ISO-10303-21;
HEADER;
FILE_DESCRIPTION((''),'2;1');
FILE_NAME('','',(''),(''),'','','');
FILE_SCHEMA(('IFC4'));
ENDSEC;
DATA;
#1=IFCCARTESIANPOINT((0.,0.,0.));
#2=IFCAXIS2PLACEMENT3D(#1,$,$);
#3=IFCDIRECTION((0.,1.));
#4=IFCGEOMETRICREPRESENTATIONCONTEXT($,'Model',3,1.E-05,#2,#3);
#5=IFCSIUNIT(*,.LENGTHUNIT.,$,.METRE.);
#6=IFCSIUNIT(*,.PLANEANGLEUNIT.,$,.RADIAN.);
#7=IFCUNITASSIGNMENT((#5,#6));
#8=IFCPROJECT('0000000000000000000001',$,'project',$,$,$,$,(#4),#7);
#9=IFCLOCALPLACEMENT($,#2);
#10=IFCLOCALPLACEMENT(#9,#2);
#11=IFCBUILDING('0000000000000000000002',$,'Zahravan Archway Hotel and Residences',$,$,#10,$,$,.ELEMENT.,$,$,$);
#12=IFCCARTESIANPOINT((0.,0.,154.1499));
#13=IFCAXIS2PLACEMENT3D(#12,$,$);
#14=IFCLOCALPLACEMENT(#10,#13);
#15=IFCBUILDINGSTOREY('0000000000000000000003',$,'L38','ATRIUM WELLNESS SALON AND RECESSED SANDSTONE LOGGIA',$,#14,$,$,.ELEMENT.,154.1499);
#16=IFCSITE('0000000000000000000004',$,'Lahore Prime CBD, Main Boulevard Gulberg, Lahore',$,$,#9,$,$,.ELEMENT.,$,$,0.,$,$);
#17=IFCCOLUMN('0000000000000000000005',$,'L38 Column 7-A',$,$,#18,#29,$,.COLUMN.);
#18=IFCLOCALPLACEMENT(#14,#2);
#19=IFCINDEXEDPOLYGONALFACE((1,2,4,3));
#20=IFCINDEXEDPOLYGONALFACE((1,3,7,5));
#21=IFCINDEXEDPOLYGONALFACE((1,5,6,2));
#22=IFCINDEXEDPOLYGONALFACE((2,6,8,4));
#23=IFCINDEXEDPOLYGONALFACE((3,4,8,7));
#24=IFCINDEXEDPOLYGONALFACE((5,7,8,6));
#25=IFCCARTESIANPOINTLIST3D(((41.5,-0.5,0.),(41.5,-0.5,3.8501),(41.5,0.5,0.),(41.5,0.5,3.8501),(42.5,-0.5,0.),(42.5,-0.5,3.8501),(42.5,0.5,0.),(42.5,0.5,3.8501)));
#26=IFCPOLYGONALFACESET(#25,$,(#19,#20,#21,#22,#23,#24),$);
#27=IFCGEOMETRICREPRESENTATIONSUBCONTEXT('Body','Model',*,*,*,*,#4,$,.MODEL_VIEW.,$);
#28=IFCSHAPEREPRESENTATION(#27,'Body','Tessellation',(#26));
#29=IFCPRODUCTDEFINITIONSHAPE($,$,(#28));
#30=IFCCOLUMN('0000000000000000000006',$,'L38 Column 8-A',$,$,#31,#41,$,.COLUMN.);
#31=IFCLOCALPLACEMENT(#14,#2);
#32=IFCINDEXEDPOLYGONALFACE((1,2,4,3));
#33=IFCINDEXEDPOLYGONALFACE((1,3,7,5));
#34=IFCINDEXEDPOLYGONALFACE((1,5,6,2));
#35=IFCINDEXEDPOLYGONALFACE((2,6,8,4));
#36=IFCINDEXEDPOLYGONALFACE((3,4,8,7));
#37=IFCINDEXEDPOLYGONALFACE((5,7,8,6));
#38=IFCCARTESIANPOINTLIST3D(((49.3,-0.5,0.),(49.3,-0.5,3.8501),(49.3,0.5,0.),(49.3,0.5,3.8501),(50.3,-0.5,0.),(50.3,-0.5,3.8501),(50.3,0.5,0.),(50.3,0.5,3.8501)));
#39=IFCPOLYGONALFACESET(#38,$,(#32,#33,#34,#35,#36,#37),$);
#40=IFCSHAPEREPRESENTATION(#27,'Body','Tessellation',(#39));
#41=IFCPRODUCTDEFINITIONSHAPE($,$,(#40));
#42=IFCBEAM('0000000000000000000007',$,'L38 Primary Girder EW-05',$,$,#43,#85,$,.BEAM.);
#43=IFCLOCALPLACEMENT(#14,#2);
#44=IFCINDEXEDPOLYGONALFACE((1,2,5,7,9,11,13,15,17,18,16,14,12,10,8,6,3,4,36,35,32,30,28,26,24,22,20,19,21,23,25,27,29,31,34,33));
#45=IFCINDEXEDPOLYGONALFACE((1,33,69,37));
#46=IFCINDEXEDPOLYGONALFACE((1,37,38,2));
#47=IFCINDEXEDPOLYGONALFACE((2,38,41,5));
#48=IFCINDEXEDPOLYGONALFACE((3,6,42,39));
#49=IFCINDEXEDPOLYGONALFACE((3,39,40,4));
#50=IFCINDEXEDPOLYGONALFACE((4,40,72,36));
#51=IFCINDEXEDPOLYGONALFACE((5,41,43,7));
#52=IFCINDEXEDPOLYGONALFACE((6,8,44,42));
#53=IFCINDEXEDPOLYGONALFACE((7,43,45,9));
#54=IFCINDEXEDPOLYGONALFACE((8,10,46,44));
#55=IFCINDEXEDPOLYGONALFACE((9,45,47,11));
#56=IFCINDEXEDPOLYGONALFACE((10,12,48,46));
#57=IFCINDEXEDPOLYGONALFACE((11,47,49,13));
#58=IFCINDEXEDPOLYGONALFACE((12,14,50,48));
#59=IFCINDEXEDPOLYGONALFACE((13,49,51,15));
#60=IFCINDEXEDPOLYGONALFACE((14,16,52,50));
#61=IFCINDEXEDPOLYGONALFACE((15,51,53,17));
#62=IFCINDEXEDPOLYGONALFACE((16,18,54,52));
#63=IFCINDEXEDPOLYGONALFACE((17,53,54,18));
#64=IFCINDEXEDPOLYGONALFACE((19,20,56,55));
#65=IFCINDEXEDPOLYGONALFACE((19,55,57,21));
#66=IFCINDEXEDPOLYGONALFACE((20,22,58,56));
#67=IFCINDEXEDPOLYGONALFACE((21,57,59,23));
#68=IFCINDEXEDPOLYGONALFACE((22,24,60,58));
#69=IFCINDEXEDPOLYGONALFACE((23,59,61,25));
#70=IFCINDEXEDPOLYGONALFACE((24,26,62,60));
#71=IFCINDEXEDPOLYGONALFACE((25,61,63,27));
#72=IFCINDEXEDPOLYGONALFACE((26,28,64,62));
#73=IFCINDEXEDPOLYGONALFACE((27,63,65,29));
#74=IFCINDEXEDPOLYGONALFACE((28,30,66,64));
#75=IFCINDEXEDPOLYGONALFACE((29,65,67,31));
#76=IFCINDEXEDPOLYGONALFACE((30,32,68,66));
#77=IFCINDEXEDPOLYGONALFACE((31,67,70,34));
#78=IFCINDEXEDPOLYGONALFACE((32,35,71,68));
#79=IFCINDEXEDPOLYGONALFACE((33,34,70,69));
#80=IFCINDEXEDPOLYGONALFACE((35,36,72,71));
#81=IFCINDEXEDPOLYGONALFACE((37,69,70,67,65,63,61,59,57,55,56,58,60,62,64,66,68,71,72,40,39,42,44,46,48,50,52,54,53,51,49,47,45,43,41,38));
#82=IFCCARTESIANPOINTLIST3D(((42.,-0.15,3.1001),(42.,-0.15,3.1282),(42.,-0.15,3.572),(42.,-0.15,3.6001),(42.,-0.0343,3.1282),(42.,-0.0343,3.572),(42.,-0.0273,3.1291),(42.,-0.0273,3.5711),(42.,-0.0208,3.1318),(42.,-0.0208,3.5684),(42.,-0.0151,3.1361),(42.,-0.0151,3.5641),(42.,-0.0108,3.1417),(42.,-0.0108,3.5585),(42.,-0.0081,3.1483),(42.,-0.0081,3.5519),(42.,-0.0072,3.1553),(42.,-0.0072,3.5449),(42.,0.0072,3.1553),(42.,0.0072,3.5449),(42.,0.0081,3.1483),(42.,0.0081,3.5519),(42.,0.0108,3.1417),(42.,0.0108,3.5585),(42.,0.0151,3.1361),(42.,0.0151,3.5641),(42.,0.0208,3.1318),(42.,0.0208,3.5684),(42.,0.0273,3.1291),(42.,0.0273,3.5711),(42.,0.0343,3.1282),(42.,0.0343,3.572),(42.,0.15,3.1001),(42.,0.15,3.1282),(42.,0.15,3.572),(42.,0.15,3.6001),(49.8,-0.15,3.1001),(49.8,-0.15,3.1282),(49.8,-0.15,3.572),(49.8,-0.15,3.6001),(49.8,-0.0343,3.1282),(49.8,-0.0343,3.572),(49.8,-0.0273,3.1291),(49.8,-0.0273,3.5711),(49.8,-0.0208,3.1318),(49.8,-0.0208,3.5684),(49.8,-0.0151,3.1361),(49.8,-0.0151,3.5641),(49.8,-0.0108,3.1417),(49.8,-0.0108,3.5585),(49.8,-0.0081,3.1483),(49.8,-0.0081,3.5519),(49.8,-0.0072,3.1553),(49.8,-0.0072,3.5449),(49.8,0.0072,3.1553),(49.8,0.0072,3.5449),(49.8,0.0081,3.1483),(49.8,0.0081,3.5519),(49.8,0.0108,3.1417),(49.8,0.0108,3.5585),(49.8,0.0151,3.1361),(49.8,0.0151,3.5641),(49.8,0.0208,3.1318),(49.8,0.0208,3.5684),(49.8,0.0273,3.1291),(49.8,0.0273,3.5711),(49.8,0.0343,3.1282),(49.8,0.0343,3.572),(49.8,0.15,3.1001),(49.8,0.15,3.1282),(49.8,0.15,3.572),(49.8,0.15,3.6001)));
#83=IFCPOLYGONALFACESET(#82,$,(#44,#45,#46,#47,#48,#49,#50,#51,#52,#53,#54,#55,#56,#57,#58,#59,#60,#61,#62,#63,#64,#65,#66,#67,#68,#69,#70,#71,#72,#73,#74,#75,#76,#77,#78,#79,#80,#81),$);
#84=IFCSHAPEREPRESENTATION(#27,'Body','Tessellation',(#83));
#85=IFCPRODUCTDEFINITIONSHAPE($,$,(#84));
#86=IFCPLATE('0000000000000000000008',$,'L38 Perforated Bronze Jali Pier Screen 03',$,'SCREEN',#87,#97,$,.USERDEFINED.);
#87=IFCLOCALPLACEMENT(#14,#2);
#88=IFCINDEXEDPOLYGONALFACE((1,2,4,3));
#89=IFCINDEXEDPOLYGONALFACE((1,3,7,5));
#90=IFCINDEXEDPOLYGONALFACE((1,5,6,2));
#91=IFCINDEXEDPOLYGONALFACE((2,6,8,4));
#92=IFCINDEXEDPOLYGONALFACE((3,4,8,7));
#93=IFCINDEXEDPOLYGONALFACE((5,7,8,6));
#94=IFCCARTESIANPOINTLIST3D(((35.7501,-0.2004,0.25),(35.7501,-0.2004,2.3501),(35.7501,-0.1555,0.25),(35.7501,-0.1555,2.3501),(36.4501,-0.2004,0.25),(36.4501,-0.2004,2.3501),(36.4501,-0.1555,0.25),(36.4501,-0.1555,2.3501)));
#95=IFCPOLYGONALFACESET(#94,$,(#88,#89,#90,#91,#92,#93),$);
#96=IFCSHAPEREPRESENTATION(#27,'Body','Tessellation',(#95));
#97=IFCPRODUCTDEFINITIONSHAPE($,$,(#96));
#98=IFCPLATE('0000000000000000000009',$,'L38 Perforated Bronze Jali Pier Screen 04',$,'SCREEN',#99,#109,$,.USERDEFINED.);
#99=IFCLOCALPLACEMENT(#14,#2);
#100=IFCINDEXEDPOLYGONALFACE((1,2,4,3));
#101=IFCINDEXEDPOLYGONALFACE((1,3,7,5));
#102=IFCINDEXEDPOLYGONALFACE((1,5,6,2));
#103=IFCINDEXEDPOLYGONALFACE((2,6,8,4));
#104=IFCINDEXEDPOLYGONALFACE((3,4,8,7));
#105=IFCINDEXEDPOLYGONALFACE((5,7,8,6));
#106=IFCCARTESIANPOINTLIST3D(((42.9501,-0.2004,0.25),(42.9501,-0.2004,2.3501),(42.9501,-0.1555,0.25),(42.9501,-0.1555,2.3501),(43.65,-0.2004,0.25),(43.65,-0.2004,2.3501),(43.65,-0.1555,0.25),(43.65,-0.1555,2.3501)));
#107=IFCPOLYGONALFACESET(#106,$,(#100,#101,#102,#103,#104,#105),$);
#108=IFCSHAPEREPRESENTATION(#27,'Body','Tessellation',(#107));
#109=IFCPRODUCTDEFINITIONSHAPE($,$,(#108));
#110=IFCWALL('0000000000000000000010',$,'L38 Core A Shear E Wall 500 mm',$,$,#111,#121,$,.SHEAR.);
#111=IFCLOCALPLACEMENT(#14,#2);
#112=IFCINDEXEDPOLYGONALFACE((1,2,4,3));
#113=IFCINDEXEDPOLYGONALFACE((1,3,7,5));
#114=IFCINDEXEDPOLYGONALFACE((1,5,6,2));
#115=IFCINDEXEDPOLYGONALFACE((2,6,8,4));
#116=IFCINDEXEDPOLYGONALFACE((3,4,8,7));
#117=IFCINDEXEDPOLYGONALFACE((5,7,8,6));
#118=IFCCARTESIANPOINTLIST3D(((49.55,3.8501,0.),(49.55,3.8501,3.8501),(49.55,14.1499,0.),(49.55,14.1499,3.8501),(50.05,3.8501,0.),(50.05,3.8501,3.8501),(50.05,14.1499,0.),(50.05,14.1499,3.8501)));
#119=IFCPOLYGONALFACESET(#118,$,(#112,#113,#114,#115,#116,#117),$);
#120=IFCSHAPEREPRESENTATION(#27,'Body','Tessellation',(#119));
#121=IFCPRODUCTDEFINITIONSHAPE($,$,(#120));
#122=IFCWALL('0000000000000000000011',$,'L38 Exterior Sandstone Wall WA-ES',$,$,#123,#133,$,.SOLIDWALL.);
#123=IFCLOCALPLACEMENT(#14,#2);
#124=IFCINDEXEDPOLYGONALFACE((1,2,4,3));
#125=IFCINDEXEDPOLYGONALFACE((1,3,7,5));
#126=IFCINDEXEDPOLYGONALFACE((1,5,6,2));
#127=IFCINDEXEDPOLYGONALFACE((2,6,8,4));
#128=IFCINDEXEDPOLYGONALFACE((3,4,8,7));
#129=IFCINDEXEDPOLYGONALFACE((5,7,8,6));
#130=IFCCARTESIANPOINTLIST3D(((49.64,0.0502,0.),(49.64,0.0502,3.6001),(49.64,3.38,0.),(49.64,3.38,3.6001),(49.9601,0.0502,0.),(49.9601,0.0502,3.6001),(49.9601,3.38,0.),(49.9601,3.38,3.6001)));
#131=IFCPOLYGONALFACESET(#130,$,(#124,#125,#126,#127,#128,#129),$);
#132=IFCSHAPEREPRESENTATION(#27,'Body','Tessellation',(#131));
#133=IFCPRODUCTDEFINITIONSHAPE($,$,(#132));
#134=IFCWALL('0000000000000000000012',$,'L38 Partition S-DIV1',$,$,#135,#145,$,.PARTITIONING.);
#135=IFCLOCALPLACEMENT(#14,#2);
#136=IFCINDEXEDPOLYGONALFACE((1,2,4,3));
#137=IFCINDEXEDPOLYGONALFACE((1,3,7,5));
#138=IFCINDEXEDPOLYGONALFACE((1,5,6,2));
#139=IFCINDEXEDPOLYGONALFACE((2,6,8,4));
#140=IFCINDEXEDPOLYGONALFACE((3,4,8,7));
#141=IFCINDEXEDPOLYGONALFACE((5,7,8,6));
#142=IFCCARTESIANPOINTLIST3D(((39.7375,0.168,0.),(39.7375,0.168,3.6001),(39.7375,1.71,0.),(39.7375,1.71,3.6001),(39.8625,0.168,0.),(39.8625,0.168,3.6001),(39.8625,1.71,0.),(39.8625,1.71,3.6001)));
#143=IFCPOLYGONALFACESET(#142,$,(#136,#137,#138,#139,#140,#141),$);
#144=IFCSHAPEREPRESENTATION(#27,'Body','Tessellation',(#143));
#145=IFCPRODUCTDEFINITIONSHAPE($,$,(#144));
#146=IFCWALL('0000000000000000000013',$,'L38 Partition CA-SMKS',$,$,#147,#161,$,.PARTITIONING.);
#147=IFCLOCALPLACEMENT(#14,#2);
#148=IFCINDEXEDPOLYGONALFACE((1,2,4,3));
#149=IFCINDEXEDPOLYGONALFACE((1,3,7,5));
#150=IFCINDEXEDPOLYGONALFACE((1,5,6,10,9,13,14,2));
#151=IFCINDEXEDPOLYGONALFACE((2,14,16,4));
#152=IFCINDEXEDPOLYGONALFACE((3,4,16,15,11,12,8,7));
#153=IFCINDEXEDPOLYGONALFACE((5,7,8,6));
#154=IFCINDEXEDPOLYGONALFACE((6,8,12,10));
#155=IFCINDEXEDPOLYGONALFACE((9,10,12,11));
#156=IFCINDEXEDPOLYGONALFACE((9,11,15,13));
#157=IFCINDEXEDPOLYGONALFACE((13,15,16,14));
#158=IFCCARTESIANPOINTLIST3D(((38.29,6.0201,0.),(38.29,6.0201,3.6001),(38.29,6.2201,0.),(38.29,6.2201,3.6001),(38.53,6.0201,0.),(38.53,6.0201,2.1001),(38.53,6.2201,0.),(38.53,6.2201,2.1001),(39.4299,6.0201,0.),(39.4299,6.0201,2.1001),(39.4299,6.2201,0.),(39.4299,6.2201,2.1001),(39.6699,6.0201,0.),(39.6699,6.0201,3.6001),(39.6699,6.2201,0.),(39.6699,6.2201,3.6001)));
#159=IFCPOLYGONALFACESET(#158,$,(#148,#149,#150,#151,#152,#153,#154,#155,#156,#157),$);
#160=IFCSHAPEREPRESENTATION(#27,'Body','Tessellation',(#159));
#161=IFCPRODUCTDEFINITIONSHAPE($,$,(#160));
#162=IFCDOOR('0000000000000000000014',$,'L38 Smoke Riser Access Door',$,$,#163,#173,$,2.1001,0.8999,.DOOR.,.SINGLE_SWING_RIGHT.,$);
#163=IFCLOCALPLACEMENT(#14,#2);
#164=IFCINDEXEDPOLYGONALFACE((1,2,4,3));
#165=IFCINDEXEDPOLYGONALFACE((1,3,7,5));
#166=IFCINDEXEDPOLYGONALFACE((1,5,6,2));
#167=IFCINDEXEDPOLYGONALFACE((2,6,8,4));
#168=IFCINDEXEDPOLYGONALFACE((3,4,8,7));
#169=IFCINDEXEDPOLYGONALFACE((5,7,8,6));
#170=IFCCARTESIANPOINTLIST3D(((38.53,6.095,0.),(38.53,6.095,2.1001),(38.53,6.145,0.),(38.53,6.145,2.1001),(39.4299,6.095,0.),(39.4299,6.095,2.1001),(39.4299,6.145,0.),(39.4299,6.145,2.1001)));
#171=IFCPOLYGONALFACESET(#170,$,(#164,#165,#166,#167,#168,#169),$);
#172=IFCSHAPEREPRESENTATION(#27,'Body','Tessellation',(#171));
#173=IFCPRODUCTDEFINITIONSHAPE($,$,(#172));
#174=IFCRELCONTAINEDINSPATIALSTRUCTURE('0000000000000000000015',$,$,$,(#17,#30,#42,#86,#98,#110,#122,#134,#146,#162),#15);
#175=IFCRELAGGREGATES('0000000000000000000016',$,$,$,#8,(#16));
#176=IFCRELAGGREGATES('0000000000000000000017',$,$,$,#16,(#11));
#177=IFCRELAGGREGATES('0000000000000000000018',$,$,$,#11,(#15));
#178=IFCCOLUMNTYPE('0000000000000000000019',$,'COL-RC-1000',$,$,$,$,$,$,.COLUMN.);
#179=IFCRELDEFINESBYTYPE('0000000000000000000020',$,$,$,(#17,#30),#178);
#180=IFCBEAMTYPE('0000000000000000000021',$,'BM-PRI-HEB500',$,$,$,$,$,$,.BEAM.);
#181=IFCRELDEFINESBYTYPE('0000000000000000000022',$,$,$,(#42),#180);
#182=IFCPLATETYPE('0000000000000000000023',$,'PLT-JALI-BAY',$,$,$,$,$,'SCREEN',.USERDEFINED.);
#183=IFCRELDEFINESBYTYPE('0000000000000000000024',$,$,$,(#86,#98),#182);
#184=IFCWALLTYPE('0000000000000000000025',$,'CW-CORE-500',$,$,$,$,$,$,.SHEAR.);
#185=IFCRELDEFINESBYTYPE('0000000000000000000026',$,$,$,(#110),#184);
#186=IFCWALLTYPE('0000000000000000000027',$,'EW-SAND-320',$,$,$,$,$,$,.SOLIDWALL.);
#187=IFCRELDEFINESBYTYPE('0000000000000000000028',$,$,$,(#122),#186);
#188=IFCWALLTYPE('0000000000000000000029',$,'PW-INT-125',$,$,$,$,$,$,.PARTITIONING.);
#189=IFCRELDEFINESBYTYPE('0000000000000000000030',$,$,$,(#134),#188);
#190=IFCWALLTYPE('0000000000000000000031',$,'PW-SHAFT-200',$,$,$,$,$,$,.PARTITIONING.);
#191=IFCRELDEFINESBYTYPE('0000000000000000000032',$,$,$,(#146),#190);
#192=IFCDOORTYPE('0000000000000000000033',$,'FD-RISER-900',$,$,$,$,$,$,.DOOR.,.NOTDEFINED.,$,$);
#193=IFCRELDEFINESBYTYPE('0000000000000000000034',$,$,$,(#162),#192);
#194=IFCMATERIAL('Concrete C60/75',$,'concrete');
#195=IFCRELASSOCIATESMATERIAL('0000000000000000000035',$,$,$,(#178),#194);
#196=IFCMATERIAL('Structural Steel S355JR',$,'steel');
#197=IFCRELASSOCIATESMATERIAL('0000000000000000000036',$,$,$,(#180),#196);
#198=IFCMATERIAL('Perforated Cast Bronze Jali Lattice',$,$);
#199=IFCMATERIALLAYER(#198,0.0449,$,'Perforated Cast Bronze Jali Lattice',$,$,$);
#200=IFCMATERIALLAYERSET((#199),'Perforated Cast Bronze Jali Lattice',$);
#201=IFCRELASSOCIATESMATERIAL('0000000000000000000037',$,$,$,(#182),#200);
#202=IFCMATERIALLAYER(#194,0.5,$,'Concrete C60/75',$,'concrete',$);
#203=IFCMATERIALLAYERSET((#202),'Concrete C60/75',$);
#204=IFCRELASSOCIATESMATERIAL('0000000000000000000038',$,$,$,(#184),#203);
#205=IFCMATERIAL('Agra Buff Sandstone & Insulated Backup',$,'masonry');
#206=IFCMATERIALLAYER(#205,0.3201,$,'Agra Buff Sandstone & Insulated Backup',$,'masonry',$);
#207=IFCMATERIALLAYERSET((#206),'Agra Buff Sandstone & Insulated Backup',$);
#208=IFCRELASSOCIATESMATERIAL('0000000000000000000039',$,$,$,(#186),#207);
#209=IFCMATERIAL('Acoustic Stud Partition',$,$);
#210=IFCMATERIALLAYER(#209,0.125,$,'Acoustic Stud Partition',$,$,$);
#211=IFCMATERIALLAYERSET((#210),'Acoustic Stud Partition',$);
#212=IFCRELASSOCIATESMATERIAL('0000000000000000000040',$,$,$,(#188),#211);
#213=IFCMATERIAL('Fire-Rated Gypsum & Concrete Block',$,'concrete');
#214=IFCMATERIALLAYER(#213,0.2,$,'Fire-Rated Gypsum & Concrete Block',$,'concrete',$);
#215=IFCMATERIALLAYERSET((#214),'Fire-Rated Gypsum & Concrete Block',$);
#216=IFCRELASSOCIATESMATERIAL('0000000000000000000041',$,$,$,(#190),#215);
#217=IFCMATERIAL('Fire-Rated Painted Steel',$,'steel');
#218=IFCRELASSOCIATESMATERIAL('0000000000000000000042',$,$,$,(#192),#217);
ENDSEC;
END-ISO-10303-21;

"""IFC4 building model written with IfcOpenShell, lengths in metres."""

from ifc_helpers import new_model, si_unit, direction, frame, frame_2d, origin, origin_2d, place, context, subcontext, project, spatial, rectangle, i_section, extrude, source, transform, mapped, material, layer, layer_set, material_profile, profile_set, type_object, type_shapes, element, fill, save


model = new_model("IFC4")

# Units and contexts
model_context = context("Model", 3, precision=1e-05, world=origin(), true_north=direction((0.0, 1.0)))
body_context = subcontext(model_context, "Body", "Model", "MODEL_VIEW")
ifc_project = project(units=[si_unit("LENGTHUNIT", "METRE"), si_unit("PLANEANGLEUNIT", "RADIAN")], contexts=[model_context])

# Site, building, storey
site_placement = place(None, origin())
site = spatial("IfcSite", under=ifc_project, at=site_placement, Name="Lahore Prime CBD, Main Boulevard Gulberg, Lahore", CompositionType="ELEMENT", RefElevation=0.0)
building_placement = place(site_placement, origin())
building = spatial("IfcBuilding", under=site, at=building_placement, Name="Zahravan Archway Hotel and Residences", CompositionType="ELEMENT")
storey_placement = place(building_placement, frame((0.0, 0.0, 154.1499)))
storey = spatial("IfcBuildingStorey", under=building, at=storey_placement, Name="L38", Description="ATRIUM WELLNESS SALON AND RECESSED SANDSTONE LOGGIA", CompositionType="ELEMENT", Elevation=154.1499)

# Columns
ifc_material_1 = material(Name="Concrete C60/75", Category="concrete")
ifc_material_profile_1 = material_profile(ifc_material_1, rectangle(XDim=1.0, YDim=1.0, at=origin_2d()), Name="RC-COL-1000x1000", Category="concrete")
ifc_profile_set_1 = profile_set([ifc_material_profile_1], Name="Concrete C60/75")
column_type = type_object("IfcColumnType", Name="COL-RC-1000", PredefinedType="COLUMN", material=ifc_profile_set_1)
shared_shape_1 = source(origin(), body_context, "Body", "SweptSolid", [
    extrude(rectangle(XDim=1.0, YDim=1.0, at=origin_2d()), origin(), (0.0, 0.0, 1.0), 3.8501),
])
for number, where, z_axis, x_axis, name in (
    (1, (42.0, 0.0, 0.0), (0.0, 0.0, 1.0), (1.0, 0.0, 0.0), "L38 Column 7-A"),
    (2, (49.8, 0.0, 0.0), (0.0, 0.0, 1.0), (1.0, 0.0, 0.0), "L38 Column 8-A"),
):
    element("IfcColumn", number, at=place(storey_placement, frame(where, z_axis=z_axis, x_axis=x_axis)), inside=storey, type_object=column_type, Name=name, PredefinedType="COLUMN", context=body_context, shape_type="MappedRepresentation", body=[
        mapped(shared_shape_1, transform((0.0, 0.0, 0.0), scale=1.0)),
    ])

# Beam
ifc_material_2 = material(Name="Structural Steel S355JR", Category="steel")
ifc_material_profile_2 = material_profile(ifc_material_2, i_section(OverallWidth=0.3, OverallDepth=0.5, WebThickness=0.0144, FlangeThickness=0.0281, FilletRadius=0.0271, at=origin_2d()), Name="HEB 500", Category="steel")
ifc_profile_set_2 = profile_set([ifc_material_profile_2], Name="Structural Steel S355JR")
beam_type = type_object("IfcBeamType", Name="BM-PRI-HEB500", PredefinedType="BEAM", material=ifc_profile_set_2)
shared_shape_2 = source(origin(), body_context, "Body", "SweptSolid", [
    extrude(i_section(OverallWidth=0.3, OverallDepth=0.5, WebThickness=0.0144, FlangeThickness=0.0281, FilletRadius=0.0271, at=origin_2d()), origin(), (0.0, 0.0, 1.0), 7.8),
])
beam_placement = place(storey_placement, frame((42.0, 0.0, 3.3501), z_axis=(1.0, 0.0, 0.0), x_axis=(0.0, 1.0, 0.0)))
element("IfcBeam", 3, at=beam_placement, inside=storey, type_object=beam_type, Name="L38 Primary Girder EW-05", PredefinedType="BEAM", context=body_context, shape_type="MappedRepresentation", body=[
    mapped(shared_shape_2, transform((0.0, 0.0, 0.0), scale=1.0)),
])

# Plates
ifc_material_3 = material(Name="Perforated Cast Bronze Jali Lattice")
ifc_layer_1 = layer(ifc_material_3, 0.0449, Name="Perforated Cast Bronze Jali Lattice")
ifc_layer_set_1 = layer_set([ifc_layer_1], Name="Perforated Cast Bronze Jali Lattice")
plate_type = type_object("IfcPlateType", Name="PLT-JALI-BAY", ElementType="SCREEN", PredefinedType="USERDEFINED", material=ifc_layer_set_1)
shared_shape_3 = source(origin(), body_context, "Body", "SweptSolid", [
    extrude(rectangle(XDim=0.7, YDim=0.0449, at=origin_2d()), origin(), (0.0, 0.0, 1.0), 2.1001),
])
type_shapes(plate_type, [shared_shape_3])
for number, where, z_axis, x_axis, name in (
    (4, (36.1001, -0.178, 0.25), (0.0, 0.0, 1.0), (1.0, 0.0, 0.0), "L38 Perforated Bronze Jali Pier Screen 03"),
    (5, (43.3, -0.178, 0.25), (0.0, 0.0, 1.0), (1.0, 0.0, 0.0), "L38 Perforated Bronze Jali Pier Screen 04"),
):
    element("IfcPlate", number, at=place(storey_placement, frame(where, z_axis=z_axis, x_axis=x_axis)), inside=storey, type_object=plate_type, Name=name, ObjectType="SCREEN", PredefinedType="USERDEFINED", context=body_context, shape_type="MappedRepresentation", body=[
        mapped(shared_shape_3, transform((0.0, 0.0, 0.0), scale=1.0)),
    ])

# Walls
ifc_layer_2 = layer(ifc_material_1, 0.5, Name="Concrete C60/75", Category="concrete")
ifc_layer_set_2 = layer_set([ifc_layer_2], Name="Concrete C60/75")
wall_type_1 = type_object("IfcWallType", Name="CW-CORE-500", PredefinedType="SHEAR", material=ifc_layer_set_2)
wall_1_placement = place(storey_placement, frame((49.8, 3.8501, 0.0), z_axis=(0.0, 0.0, 1.0), x_axis=(0.0, 1.0, 0.0)))
element("IfcWall", 6, at=wall_1_placement, inside=storey, type_object=wall_type_1, Name="L38 Core A Shear E Wall 500 mm", PredefinedType="SHEAR", context=body_context, shape_type="SweptSolid", body=[
    extrude(rectangle(XDim=10.2998, YDim=0.5, at=frame_2d((5.1499, 0.0))), origin(), (0.0, 0.0, 1.0), 3.8501),
])
ifc_material_4 = material(Name="Agra Buff Sandstone & Insulated Backup", Category="masonry")
ifc_layer_3 = layer(ifc_material_4, 0.3201, Name="Agra Buff Sandstone & Insulated Backup", Category="masonry")
ifc_layer_set_3 = layer_set([ifc_layer_3], Name="Agra Buff Sandstone & Insulated Backup")
wall_type_2 = type_object("IfcWallType", Name="EW-SAND-320", PredefinedType="SOLIDWALL", material=ifc_layer_set_3)
wall_2_placement = place(storey_placement, frame((49.8, 0.05, 0.0), z_axis=(0.0, 0.0, 1.0), x_axis=(0.0, 1.0, 0.0)))
element("IfcWall", 7, at=wall_2_placement, inside=storey, type_object=wall_type_2, Name="L38 Exterior Sandstone Wall WA-ES", PredefinedType="SOLIDWALL", context=body_context, shape_type="SweptSolid", body=[
    extrude(rectangle(XDim=3.3298, YDim=0.3201, at=frame_2d((1.665, 0.0))), origin(), (0.0, 0.0, 1.0), 3.6001),
])
ifc_material_5 = material(Name="Acoustic Stud Partition")
ifc_layer_4 = layer(ifc_material_5, 0.125, Name="Acoustic Stud Partition")
ifc_layer_set_4 = layer_set([ifc_layer_4], Name="Acoustic Stud Partition")
wall_type_3 = type_object("IfcWallType", Name="PW-INT-125", PredefinedType="PARTITIONING", material=ifc_layer_set_4)
wall_3_placement = place(storey_placement, frame((39.8, 0.168, 0.0), z_axis=(0.0, 0.0, 1.0), x_axis=(0.0, 1.0, 0.0)))
element("IfcWall", 8, at=wall_3_placement, inside=storey, type_object=wall_type_3, Name="L38 Partition S-DIV1", PredefinedType="PARTITIONING", context=body_context, shape_type="SweptSolid", body=[
    extrude(rectangle(XDim=1.542, YDim=0.125, at=frame_2d((0.771, 0.0))), origin(), (0.0, 0.0, 1.0), 3.6001),
])

# Wall, opening, door
ifc_material_6 = material(Name="Fire-Rated Gypsum & Concrete Block", Category="concrete")
ifc_layer_5 = layer(ifc_material_6, 0.2, Name="Fire-Rated Gypsum & Concrete Block", Category="concrete")
ifc_layer_set_5 = layer_set([ifc_layer_5], Name="Fire-Rated Gypsum & Concrete Block")
wall_type_4 = type_object("IfcWallType", Name="PW-SHAFT-200", PredefinedType="PARTITIONING", material=ifc_layer_set_5)
wall_4_placement = place(storey_placement, frame((38.29, 6.1201, 0.0), z_axis=(0.0, 0.0, 1.0), x_axis=(1.0, 0.0, 0.0)))
wall_4 = element("IfcWall", 9, at=wall_4_placement, inside=storey, type_object=wall_type_4, Name="L38 Partition CA-SMKS", PredefinedType="PARTITIONING", context=body_context, shape_type="SweptSolid", body=[
    extrude(rectangle(XDim=1.3799, YDim=0.2, at=frame_2d((0.6899, 0.0))), origin(), (0.0, 0.0, 1.0), 3.6001),
])
opening_1_placement = place(wall_4_placement, frame((0.24, 0.0, 0.0)))
opening_1 = element("IfcOpeningElement", 10, at=opening_1_placement, cuts=wall_4, PredefinedType="OPENING", context=body_context, shape_type="SweptSolid", body=[
    extrude(rectangle(XDim=0.8999, YDim=2.1001, at=frame_2d((0.45, 1.05))), frame((0.0, 0.1099, 0.0), z_axis=(0.0, -1.0, 0.0), x_axis=(1.0, 0.0, 0.0)), (0.0, 0.0, 1.0), 0.22),
])
ifc_material_7 = material(Name="Fire-Rated Painted Steel", Category="steel")
door_type = type_object("IfcDoorType", Name="FD-RISER-900", OperationType="NOTDEFINED", PredefinedType="DOOR", material=ifc_material_7)
shared_shape_4 = source(origin(), body_context, "Body", "SweptSolid", [
    extrude(rectangle(XDim=0.8999, YDim=2.1001, at=frame_2d((0.45, 1.05))), frame((0.0, 0.0249, 0.0), z_axis=(0.0, -1.0, 0.0), x_axis=(1.0, 0.0, 0.0)), (0.0, 0.0, 1.0), 0.05),
])
type_shapes(door_type, [shared_shape_4])
door_1_placement = place(opening_1_placement, origin())
door_1 = element("IfcDoor", 11, at=door_1_placement, inside=storey, type_object=door_type, Name="L38 Smoke Riser Access Door", OperationType="SINGLE_SWING_RIGHT", OverallHeight=2.1001, OverallWidth=0.8999, PredefinedType="DOOR", context=body_context, shape_type="MappedRepresentation", body=[
    mapped(shared_shape_4, transform((0.0, 0.0, 0.0), scale=1.0)),
])
fill(opening_1, door_1)

save(model, "model.ifc")
